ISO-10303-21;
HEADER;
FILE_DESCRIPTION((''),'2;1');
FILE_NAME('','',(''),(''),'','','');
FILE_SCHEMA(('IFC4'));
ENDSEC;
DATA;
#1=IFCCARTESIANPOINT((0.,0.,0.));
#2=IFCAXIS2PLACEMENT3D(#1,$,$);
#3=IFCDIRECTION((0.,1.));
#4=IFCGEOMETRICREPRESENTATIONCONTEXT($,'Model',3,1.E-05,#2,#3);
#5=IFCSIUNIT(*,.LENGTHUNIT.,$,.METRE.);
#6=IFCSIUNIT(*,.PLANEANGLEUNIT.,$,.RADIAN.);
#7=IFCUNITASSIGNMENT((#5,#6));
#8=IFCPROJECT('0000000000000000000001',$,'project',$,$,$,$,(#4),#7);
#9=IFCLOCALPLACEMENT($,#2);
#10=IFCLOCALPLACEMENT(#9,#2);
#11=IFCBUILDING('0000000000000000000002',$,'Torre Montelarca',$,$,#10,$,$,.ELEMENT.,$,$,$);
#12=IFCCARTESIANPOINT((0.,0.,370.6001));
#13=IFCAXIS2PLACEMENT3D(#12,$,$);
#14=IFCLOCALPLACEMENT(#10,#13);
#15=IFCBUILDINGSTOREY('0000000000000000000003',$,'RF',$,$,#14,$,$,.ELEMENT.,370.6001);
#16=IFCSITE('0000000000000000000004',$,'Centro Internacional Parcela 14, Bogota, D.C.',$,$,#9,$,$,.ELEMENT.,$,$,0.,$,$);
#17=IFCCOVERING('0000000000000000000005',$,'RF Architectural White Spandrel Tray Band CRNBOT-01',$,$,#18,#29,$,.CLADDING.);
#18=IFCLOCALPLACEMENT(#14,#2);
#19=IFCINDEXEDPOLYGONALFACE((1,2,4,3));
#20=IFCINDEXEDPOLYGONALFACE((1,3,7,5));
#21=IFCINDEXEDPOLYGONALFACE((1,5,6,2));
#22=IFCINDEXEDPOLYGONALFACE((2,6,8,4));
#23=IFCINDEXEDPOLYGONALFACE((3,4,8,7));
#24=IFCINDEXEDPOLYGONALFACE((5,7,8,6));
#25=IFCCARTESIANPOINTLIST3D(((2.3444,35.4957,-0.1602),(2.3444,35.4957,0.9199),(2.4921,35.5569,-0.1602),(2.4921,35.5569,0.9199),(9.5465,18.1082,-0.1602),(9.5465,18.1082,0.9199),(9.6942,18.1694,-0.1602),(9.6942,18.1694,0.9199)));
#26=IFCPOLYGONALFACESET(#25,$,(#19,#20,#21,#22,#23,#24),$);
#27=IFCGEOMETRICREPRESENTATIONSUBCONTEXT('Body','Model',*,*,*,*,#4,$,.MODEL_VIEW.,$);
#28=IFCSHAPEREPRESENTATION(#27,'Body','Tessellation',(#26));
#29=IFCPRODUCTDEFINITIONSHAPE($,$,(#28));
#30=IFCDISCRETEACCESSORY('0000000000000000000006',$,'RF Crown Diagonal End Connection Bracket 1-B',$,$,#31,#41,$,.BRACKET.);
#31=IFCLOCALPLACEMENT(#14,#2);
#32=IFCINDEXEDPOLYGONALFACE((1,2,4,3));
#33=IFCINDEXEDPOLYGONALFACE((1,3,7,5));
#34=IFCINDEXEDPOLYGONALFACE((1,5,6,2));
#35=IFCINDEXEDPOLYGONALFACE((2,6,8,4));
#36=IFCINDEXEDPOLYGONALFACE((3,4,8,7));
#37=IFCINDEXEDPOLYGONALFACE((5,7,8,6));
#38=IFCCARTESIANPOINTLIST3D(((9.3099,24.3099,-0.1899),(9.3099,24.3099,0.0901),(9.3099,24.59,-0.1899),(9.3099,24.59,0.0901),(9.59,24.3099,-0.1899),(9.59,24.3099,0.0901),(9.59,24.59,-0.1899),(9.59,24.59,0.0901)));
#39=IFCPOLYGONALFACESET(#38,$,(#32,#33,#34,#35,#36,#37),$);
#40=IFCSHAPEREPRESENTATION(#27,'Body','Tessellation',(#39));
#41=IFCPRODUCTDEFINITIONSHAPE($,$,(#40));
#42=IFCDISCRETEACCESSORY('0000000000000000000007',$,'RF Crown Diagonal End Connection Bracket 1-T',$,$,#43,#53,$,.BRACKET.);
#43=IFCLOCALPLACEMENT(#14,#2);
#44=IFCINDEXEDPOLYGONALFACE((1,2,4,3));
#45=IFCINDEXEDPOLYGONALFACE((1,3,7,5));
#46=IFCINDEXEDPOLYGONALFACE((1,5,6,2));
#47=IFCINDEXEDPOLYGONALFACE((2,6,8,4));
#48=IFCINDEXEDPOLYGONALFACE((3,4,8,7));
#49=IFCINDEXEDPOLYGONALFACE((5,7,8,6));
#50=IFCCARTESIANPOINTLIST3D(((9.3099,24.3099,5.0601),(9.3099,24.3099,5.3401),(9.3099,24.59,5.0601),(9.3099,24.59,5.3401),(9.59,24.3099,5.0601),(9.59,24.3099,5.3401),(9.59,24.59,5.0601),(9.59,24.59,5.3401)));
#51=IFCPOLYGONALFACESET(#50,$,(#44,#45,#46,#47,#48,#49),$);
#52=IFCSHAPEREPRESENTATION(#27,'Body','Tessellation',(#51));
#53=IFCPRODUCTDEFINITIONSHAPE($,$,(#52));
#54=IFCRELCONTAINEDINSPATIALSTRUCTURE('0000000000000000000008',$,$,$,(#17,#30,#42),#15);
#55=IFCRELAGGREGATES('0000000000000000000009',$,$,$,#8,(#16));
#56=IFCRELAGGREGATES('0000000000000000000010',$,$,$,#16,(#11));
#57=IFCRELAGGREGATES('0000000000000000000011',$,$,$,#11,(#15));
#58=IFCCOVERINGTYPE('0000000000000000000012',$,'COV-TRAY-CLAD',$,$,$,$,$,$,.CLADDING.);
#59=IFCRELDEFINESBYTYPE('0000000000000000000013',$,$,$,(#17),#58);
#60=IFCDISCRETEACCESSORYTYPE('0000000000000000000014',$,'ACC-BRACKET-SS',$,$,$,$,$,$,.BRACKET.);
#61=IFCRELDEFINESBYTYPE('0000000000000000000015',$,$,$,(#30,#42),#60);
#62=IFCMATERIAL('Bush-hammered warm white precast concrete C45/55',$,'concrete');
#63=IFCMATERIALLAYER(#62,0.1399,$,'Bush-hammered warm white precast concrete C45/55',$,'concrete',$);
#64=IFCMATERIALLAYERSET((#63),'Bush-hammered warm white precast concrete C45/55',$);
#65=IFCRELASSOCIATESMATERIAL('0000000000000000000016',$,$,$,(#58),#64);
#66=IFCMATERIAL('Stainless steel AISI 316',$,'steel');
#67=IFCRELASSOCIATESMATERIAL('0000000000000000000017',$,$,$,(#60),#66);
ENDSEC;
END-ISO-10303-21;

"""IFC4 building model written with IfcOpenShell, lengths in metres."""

from ifc_helpers import new_model, si_unit, direction, frame, origin, origin_2d, place, context, subcontext, project, spatial, rectangle, extrude, source, transform, mapped, material, layer, layer_set, type_object, element, save


model = new_model("IFC4")

# Units and contexts
model_context = context("Model", 3, precision=1e-05, world=origin(), true_north=direction((0.0, 1.0)))
body_context = subcontext(model_context, "Body", "Model", "MODEL_VIEW")
ifc_project = project(units=[si_unit("LENGTHUNIT", "METRE"), si_unit("PLANEANGLEUNIT", "RADIAN")], contexts=[model_context])

# Site, building, storey
site_placement = place(None, origin())
site = spatial("IfcSite", under=ifc_project, at=site_placement, Name="Centro Internacional Parcela 14, Bogota, D.C.", CompositionType="ELEMENT", RefElevation=0.0)
building_placement = place(site_placement, origin())
building = spatial("IfcBuilding", under=site, at=building_placement, Name="Torre Montelarca", CompositionType="ELEMENT")
storey_placement = place(building_placement, frame((0.0, 0.0, 370.6001)))
storey = spatial("IfcBuildingStorey", under=building, at=storey_placement, Name="RF", CompositionType="ELEMENT", Elevation=370.6001)

# Covering
ifc_material_1 = material(Name="Bush-hammered warm white precast concrete C45/55", Category="concrete")
ifc_layer_1 = layer(ifc_material_1, 0.1399, Name="Bush-hammered warm white precast concrete C45/55", Category="concrete")
ifc_layer_set_1 = layer_set([ifc_layer_1], Name="Bush-hammered warm white precast concrete C45/55")
covering_type = type_object("IfcCoveringType", Name="COV-TRAY-CLAD", PredefinedType="CLADDING", material=ifc_layer_set_1)
shared_shape_1 = source(origin(), body_context, "Body", "SweptSolid", [
    extrude(rectangle(XDim=18.8201, YDim=0.1599, at=origin_2d()), origin(), (0.0, 0.0, 1.0), 1.0801),
])
covering_placement = place(storey_placement, frame((6.0193, 26.8325, -0.1602), z_axis=(0.0, 0.0, 1.0), x_axis=(0.382683, -0.92388, 0.0)))
element("IfcCovering", 1, at=covering_placement, inside=storey, type_object=covering_type, Name="RF Architectural White Spandrel Tray Band CRNBOT-01", PredefinedType="CLADDING", context=body_context, shape_type="MappedRepresentation", body=[
    mapped(shared_shape_1, transform((0.0, 0.0, 0.0), scale=1.0)),
])

# Discrete accessories
ifc_material_2 = material(Name="Stainless steel AISI 316", Category="steel")
discrete_accessory_type = type_object("IfcDiscreteAccessoryType", Name="ACC-BRACKET-SS", PredefinedType="BRACKET", material=ifc_material_2)
shared_shape_2 = source(origin(), body_context, "Body", "SweptSolid", [
    extrude(rectangle(XDim=0.28, YDim=0.28, at=origin_2d()), origin(), (0.0, 0.0, 1.0), 0.28),
])
for number, where, z_axis, x_axis, name in (
    (2, (9.45, 24.45, -0.1899), (0.0, 0.0, 1.0), (1.0, 0.0, 0.0), "RF Crown Diagonal End Connection Bracket 1-B"),
    (3, (9.45, 24.45, 5.0601), (0.0, 0.0, 1.0), (1.0, 0.0, 0.0), "RF Crown Diagonal End Connection Bracket 1-T"),
):
    element("IfcDiscreteAccessory", number, at=place(storey_placement, frame(where, z_axis=z_axis, x_axis=x_axis)), inside=storey, type_object=discrete_accessory_type, Name=name, PredefinedType="BRACKET", context=body_context, shape_type="MappedRepresentation", body=[
        mapped(shared_shape_2, transform((0.0, 0.0, 0.0), scale=1.0)),
    ])

save(model, "model.ifc")
